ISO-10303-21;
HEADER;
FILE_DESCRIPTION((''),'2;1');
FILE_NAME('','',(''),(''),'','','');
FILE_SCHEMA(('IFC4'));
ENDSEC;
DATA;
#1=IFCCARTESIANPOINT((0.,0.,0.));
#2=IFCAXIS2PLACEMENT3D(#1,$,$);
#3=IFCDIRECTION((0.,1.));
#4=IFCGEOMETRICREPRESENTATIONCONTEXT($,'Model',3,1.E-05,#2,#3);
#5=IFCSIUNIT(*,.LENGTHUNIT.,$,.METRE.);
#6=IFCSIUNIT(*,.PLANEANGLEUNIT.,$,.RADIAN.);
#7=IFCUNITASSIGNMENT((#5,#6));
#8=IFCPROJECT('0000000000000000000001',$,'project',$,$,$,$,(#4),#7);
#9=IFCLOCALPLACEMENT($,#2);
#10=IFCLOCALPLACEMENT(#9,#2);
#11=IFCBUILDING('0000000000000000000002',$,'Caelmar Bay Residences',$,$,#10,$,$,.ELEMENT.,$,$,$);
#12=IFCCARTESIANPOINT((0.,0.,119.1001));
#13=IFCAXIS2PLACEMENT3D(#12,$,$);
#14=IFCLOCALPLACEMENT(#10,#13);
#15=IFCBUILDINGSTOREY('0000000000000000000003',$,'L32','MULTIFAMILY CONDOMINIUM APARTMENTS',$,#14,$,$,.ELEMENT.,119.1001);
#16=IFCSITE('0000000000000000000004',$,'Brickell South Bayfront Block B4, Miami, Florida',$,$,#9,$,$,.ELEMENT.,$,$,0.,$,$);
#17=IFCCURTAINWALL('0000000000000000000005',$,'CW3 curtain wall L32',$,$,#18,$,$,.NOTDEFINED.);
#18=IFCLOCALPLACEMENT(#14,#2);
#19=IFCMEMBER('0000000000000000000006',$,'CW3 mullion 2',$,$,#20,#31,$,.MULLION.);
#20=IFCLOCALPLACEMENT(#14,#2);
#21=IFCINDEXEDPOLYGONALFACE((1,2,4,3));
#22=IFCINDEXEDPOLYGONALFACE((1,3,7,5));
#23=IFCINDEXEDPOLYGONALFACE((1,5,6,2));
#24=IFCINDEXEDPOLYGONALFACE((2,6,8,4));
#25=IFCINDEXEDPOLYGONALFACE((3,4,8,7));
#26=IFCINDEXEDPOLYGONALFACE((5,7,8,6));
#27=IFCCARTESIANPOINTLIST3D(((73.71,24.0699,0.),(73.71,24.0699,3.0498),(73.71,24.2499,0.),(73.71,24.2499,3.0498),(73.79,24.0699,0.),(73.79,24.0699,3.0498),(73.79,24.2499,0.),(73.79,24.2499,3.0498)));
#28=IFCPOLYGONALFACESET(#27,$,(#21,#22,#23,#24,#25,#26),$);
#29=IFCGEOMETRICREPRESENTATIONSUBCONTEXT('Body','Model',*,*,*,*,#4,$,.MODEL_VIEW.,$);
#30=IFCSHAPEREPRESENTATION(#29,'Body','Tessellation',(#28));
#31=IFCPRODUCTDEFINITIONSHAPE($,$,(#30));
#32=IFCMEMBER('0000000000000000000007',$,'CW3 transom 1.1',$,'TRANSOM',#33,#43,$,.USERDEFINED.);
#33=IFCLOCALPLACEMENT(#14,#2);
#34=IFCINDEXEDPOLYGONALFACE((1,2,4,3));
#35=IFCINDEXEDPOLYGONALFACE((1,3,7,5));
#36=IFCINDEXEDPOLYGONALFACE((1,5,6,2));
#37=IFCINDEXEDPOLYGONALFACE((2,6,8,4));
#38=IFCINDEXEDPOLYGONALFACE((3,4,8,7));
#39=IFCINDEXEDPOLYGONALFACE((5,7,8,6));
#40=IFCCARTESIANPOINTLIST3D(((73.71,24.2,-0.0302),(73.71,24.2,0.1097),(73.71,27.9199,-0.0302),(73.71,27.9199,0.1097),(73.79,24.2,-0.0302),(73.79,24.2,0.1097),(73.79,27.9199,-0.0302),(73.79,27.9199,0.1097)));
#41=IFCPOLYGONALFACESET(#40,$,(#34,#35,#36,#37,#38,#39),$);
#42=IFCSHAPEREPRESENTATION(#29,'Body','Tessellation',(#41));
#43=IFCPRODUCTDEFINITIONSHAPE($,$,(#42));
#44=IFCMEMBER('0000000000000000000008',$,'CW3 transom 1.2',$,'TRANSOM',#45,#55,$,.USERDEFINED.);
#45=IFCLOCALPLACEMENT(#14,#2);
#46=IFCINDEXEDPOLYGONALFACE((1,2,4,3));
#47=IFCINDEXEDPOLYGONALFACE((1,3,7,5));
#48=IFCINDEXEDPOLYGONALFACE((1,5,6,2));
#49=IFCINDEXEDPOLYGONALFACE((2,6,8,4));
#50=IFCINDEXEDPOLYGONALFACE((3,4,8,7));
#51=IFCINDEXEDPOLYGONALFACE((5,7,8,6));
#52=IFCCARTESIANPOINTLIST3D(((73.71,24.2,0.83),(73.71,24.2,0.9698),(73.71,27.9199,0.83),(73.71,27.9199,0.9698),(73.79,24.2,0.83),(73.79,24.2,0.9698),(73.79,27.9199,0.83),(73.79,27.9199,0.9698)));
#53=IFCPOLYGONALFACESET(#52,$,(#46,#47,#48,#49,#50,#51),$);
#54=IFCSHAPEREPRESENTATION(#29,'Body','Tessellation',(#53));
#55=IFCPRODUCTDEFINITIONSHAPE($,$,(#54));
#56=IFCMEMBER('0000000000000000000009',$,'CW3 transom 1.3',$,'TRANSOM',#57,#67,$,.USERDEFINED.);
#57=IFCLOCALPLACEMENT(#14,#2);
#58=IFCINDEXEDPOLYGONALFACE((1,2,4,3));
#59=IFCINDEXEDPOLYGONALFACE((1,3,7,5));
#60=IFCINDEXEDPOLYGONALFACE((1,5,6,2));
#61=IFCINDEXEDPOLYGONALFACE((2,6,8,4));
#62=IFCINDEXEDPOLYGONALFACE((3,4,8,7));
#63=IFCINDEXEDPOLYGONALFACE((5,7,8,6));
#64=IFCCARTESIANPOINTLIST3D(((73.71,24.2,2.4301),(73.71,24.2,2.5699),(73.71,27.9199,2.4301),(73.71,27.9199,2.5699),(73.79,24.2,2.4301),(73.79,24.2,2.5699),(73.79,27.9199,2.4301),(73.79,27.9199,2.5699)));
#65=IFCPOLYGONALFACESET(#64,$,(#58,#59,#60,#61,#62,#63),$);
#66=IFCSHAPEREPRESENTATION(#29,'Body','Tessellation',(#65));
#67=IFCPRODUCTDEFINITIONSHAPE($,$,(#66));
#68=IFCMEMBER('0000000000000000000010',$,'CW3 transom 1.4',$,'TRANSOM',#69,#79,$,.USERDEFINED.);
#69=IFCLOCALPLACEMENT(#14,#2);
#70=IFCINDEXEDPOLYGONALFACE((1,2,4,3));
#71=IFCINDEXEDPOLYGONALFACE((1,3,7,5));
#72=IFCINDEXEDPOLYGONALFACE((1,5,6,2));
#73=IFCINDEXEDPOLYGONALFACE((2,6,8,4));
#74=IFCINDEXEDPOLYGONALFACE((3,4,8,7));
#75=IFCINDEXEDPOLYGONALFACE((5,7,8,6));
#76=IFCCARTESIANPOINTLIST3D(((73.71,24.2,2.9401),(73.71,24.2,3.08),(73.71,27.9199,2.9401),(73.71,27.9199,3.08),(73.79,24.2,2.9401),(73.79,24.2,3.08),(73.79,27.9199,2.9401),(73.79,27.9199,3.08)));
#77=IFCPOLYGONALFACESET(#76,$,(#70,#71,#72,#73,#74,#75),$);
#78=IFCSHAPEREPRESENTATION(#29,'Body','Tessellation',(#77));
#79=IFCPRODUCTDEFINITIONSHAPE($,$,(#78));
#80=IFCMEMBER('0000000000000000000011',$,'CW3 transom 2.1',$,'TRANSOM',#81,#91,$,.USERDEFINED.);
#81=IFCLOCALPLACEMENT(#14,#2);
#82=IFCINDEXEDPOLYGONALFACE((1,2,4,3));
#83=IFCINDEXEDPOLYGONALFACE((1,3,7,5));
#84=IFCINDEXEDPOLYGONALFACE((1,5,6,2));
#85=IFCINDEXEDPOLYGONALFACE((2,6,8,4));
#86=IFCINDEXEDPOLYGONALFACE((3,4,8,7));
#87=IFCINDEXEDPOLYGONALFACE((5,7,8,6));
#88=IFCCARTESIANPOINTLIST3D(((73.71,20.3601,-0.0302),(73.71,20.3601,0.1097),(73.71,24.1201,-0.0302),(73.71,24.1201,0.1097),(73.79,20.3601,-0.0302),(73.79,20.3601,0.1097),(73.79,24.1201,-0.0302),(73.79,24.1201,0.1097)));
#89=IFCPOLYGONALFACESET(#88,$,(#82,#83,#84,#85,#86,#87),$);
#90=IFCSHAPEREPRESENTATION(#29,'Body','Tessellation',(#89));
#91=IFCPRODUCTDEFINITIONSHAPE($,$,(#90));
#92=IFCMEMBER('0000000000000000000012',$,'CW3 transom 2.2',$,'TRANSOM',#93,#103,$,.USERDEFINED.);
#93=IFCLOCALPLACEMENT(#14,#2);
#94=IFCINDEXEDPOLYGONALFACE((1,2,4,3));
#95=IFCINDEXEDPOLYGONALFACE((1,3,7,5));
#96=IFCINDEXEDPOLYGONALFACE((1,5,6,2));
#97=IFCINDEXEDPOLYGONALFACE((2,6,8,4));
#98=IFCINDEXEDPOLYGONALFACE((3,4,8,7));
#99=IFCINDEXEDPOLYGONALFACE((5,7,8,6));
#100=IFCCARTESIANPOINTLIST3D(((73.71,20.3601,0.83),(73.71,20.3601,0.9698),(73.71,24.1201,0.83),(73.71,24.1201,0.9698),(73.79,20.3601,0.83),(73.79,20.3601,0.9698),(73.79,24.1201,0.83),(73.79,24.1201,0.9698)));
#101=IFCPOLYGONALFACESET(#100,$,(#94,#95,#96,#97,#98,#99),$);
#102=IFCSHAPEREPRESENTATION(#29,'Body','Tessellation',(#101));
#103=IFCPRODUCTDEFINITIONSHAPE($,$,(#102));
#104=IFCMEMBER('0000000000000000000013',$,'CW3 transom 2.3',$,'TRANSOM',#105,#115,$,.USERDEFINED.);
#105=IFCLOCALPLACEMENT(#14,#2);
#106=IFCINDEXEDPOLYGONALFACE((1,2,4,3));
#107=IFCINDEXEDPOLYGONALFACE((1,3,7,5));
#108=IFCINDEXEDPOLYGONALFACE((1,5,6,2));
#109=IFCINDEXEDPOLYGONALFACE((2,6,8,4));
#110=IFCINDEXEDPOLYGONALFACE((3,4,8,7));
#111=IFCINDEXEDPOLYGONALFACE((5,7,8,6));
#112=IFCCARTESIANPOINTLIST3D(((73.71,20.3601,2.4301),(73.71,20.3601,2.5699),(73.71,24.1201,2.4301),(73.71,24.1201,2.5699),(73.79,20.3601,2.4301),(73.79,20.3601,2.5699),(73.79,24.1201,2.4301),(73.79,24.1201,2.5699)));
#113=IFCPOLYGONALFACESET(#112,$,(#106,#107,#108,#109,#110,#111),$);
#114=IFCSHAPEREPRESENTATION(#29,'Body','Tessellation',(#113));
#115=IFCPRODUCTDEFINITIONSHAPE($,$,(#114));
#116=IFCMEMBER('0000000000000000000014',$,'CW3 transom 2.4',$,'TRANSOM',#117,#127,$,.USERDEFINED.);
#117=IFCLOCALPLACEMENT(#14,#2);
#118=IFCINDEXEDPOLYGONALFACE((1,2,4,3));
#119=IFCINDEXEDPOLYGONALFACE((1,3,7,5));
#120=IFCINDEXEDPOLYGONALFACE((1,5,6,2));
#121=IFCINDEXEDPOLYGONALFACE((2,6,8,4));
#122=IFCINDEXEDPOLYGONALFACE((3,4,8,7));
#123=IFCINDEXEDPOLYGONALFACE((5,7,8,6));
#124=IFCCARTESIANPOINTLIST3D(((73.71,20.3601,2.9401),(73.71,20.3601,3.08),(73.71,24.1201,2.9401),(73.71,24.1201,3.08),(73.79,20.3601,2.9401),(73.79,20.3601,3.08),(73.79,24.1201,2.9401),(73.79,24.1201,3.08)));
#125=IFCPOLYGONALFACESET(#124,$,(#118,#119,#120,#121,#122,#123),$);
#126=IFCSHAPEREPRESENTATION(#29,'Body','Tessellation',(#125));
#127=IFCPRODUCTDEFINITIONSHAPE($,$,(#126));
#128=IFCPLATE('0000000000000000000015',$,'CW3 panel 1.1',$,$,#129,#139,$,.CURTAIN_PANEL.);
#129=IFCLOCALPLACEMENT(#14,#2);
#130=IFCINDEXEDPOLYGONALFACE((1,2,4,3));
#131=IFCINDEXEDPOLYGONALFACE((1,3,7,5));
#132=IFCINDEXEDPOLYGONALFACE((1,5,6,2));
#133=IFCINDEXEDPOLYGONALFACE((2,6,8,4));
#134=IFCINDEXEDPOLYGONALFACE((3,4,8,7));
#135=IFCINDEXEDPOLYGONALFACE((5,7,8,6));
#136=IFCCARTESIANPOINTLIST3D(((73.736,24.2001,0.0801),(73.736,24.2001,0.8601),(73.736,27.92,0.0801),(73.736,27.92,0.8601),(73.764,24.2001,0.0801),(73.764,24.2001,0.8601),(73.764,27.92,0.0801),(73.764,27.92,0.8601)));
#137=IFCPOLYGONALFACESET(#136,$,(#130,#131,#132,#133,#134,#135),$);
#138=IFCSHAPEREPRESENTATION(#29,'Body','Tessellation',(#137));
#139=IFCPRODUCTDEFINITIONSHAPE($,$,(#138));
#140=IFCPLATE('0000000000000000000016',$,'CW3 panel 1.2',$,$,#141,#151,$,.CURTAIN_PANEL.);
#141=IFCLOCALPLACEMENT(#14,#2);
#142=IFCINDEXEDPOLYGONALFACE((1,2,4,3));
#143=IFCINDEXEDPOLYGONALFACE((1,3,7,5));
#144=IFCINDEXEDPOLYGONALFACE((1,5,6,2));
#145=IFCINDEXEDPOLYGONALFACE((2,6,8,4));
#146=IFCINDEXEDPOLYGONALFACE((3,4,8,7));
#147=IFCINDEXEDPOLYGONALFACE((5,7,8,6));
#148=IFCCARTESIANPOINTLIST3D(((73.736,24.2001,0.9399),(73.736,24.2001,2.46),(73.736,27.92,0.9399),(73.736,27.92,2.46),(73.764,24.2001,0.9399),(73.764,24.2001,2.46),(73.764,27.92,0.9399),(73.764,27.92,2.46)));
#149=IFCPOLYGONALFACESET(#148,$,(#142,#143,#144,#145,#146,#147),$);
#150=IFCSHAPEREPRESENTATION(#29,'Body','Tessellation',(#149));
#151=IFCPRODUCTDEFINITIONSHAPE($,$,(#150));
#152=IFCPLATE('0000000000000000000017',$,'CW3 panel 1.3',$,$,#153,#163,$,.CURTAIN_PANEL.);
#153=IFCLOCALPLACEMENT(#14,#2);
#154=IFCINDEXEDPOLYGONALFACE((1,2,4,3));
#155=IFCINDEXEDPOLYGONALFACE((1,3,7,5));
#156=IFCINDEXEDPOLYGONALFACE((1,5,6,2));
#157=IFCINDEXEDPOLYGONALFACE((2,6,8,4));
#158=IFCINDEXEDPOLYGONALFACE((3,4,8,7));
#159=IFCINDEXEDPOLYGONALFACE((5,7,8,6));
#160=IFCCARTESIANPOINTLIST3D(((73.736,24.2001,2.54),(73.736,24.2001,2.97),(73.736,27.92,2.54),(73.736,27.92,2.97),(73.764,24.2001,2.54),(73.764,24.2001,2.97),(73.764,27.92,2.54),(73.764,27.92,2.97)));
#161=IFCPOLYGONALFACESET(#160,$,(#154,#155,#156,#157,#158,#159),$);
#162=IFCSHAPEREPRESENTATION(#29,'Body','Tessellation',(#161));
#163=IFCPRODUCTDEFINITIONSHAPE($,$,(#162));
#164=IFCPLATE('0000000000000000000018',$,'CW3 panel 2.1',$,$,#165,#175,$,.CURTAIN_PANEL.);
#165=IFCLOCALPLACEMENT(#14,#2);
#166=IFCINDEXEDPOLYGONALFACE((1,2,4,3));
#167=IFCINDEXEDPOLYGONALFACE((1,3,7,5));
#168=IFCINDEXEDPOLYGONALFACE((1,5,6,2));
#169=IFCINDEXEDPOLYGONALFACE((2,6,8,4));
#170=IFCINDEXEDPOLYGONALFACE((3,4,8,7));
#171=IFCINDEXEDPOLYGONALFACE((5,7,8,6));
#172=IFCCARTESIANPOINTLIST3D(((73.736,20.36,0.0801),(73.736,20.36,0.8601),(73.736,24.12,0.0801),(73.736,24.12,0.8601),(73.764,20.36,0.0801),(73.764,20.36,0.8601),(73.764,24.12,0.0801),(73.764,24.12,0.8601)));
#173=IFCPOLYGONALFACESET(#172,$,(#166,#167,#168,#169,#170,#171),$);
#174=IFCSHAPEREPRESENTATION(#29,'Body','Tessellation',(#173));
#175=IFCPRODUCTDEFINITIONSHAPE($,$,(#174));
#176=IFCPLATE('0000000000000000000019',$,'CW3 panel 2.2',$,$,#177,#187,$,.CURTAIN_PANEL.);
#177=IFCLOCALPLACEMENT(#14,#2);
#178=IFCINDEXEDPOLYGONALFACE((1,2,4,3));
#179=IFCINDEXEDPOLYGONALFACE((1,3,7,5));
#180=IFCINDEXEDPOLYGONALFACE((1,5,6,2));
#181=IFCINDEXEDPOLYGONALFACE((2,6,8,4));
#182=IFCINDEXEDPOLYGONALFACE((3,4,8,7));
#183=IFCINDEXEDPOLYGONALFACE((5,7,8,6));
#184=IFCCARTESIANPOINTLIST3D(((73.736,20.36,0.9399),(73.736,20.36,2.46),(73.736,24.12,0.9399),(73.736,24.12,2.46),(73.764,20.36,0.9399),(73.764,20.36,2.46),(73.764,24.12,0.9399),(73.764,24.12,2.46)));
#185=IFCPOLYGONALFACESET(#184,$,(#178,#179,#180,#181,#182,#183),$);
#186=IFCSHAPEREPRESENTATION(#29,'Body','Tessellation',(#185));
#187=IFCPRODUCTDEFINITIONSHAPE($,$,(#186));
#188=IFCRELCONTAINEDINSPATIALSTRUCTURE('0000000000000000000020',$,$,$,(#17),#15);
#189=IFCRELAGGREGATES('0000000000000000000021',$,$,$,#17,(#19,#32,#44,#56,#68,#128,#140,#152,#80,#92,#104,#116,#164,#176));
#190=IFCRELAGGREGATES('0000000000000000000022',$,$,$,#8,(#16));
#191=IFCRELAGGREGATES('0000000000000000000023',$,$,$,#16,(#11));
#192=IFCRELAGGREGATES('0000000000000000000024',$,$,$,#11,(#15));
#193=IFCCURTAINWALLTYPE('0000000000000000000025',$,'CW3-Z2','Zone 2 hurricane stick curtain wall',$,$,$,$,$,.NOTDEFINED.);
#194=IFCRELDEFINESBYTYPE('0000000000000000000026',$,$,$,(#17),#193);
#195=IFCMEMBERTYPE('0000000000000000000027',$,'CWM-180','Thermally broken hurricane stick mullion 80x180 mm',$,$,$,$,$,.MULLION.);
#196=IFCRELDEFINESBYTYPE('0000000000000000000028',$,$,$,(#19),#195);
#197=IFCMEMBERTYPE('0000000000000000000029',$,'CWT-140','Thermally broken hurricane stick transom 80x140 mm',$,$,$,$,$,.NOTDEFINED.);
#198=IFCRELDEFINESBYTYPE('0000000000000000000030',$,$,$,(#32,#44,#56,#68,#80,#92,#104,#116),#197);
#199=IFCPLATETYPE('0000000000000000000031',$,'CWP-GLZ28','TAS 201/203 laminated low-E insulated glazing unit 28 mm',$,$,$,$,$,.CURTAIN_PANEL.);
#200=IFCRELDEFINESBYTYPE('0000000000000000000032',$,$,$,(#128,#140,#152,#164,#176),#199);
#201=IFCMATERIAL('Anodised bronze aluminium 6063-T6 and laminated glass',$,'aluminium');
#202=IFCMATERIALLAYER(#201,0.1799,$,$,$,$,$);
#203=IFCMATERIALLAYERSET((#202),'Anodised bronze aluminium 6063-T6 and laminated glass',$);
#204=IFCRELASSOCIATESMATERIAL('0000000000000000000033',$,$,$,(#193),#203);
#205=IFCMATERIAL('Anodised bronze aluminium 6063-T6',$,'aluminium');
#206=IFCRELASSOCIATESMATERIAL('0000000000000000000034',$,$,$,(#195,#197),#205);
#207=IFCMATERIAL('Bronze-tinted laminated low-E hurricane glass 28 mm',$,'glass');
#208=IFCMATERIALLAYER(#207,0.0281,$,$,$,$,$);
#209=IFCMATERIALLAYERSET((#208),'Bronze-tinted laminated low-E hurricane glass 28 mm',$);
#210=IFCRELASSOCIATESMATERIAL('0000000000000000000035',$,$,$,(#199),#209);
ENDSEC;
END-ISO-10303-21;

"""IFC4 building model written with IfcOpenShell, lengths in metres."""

from ifc_helpers import new_model, si_unit, direction, frame, origin, origin_2d, place, context, subcontext, project, spatial, rectangle, extrude, material, layer, layer_set, material_profile, profile_set, type_object, element, aggregate, save


model = new_model("IFC4")

# Units and contexts
model_context = context("Model", 3, precision=1e-05, world=origin(), true_north=direction((0.0, 1.0)))
body_context = subcontext(model_context, "Body", "Model", "MODEL_VIEW")
ifc_project = project(units=[si_unit("LENGTHUNIT", "METRE"), si_unit("PLANEANGLEUNIT", "RADIAN")], contexts=[model_context])

# Site, building, storey
site_placement = place(None, origin())
site = spatial("IfcSite", under=ifc_project, at=site_placement, Name="Brickell South Bayfront Block B4, Miami, Florida", CompositionType="ELEMENT", RefElevation=0.0)
building_placement = place(site_placement, origin())
building = spatial("IfcBuilding", under=site, at=building_placement, Name="Caelmar Bay Residences", CompositionType="ELEMENT")
storey_placement = place(building_placement, frame((0.0, 0.0, 119.1001)))
storey = spatial("IfcBuildingStorey", under=building, at=storey_placement, Name="L32", Description="MULTIFAMILY CONDOMINIUM APARTMENTS", CompositionType="ELEMENT", Elevation=119.1001)

# Curtain wall, members, plates
ifc_material_1 = material(Name="Anodised bronze aluminium 6063-T6 and laminated glass", Category="aluminium")
ifc_layer_1 = layer(ifc_material_1, 0.1799)
ifc_layer_set_1 = layer_set([ifc_layer_1], Name="Anodised bronze aluminium 6063-T6 and laminated glass")
curtain_wall_type = type_object("IfcCurtainWallType", Name="CW3-Z2", Description="Zone 2 hurricane stick curtain wall", PredefinedType="NOTDEFINED", material=ifc_layer_set_1)
curtain_wall_placement = place(storey_placement, origin())
curtain_wall = element("IfcCurtainWall", 1, at=curtain_wall_placement, inside=storey, type_object=curtain_wall_type, Name="CW3 curtain wall L32", PredefinedType="NOTDEFINED")
ifc_material_2 = material(Name="Anodised bronze aluminium 6063-T6", Category="aluminium")
ifc_material_profile_1 = material_profile(ifc_material_2, rectangle(XDim=0.0801, YDim=0.1799, at=origin_2d()), Name="CWM-80X180")
ifc_profile_set_1 = profile_set([ifc_material_profile_1], Name="Anodised bronze aluminium 6063-T6")
member_type_1 = type_object("IfcMemberType", Name="CWM-180", Description="Thermally broken hurricane stick mullion 80x180 mm", PredefinedType="MULLION", material=ifc_profile_set_1)
member_1_placement = place(storey_placement, frame((73.75, 24.1599, 0.0), z_axis=(0.0, 0.0, 1.0), x_axis=(1.0, 0.0, 0.0)))
member_1 = element("IfcMember", 2, at=member_1_placement, type_object=member_type_1, Name="CW3 mullion 2", PredefinedType="MULLION", context=body_context, shape_type="SweptSolid", body=[
    extrude(rectangle(XDim=0.0801, YDim=0.1799, at=origin_2d()), origin(), (0.0, 0.0, 1.0), 3.0498),
])
ifc_material_profile_2 = material_profile(ifc_material_2, rectangle(XDim=0.0801, YDim=0.1399, at=origin_2d()), Name="CWT-80X140")
ifc_profile_set_2 = profile_set([ifc_material_profile_2], Name="Anodised bronze aluminium 6063-T6")
member_type_2 = type_object("IfcMemberType", Name="CWT-140", Description="Thermally broken hurricane stick transom 80x140 mm", PredefinedType="NOTDEFINED", material=ifc_profile_set_2)
member_2_placement = place(storey_placement, frame((73.75, 27.9199, 0.0398), z_axis=(0.0, -1.0, 0.0), x_axis=(1.0, 0.0, 0.0)))
member_2 = element("IfcMember", 3, at=member_2_placement, type_object=member_type_2, Name="CW3 transom 1.1", ObjectType="TRANSOM", PredefinedType="USERDEFINED", context=body_context, shape_type="SweptSolid", body=[
    extrude(rectangle(XDim=0.0801, YDim=0.1399, at=origin_2d()), origin(), (0.0, 0.0, 1.0), 3.72),
])
member_3_placement = place(storey_placement, frame((73.75, 27.9199, 0.8999), z_axis=(0.0, -1.0, 0.0), x_axis=(1.0, 0.0, 0.0)))
member_3 = element("IfcMember", 4, at=member_3_placement, type_object=member_type_2, Name="CW3 transom 1.2", ObjectType="TRANSOM", PredefinedType="USERDEFINED", context=body_context, shape_type="SweptSolid", body=[
    extrude(rectangle(XDim=0.0801, YDim=0.1399, at=origin_2d()), origin(), (0.0, 0.0, 1.0), 3.72),
])
member_4_placement = place(storey_placement, frame((73.75, 27.9199, 2.5), z_axis=(0.0, -1.0, 0.0), x_axis=(1.0, 0.0, 0.0)))
member_4 = element("IfcMember", 5, at=member_4_placement, type_object=member_type_2, Name="CW3 transom 1.3", ObjectType="TRANSOM", PredefinedType="USERDEFINED", context=body_context, shape_type="SweptSolid", body=[
    extrude(rectangle(XDim=0.0801, YDim=0.1399, at=origin_2d()), origin(), (0.0, 0.0, 1.0), 3.72),
])
member_5_placement = place(storey_placement, frame((73.75, 27.9199, 3.01), z_axis=(0.0, -1.0, 0.0), x_axis=(1.0, 0.0, 0.0)))
member_5 = element("IfcMember", 6, at=member_5_placement, type_object=member_type_2, Name="CW3 transom 1.4", ObjectType="TRANSOM", PredefinedType="USERDEFINED", context=body_context, shape_type="SweptSolid", body=[
    extrude(rectangle(XDim=0.0801, YDim=0.1399, at=origin_2d()), origin(), (0.0, 0.0, 1.0), 3.72),
])
member_6_placement = place(storey_placement, frame((73.75, 24.1201, 0.0398), z_axis=(0.0, -1.0, 0.0), x_axis=(1.0, 0.0, 0.0)))
member_6 = element("IfcMember", 7, at=member_6_placement, type_object=member_type_2, Name="CW3 transom 2.1", ObjectType="TRANSOM", PredefinedType="USERDEFINED", context=body_context, shape_type="SweptSolid", body=[
    extrude(rectangle(XDim=0.0801, YDim=0.1399, at=origin_2d()), origin(), (0.0, 0.0, 1.0), 3.76),
])
member_7_placement = place(storey_placement, frame((73.75, 24.1201, 0.8999), z_axis=(0.0, -1.0, 0.0), x_axis=(1.0, 0.0, 0.0)))
member_7 = element("IfcMember", 8, at=member_7_placement, type_object=member_type_2, Name="CW3 transom 2.2", ObjectType="TRANSOM", PredefinedType="USERDEFINED", context=body_context, shape_type="SweptSolid", body=[
    extrude(rectangle(XDim=0.0801, YDim=0.1399, at=origin_2d()), origin(), (0.0, 0.0, 1.0), 3.76),
])
member_8_placement = place(storey_placement, frame((73.75, 24.1201, 2.5), z_axis=(0.0, -1.0, 0.0), x_axis=(1.0, 0.0, 0.0)))
member_8 = element("IfcMember", 9, at=member_8_placement, type_object=member_type_2, Name="CW3 transom 2.3", ObjectType="TRANSOM", PredefinedType="USERDEFINED", context=body_context, shape_type="SweptSolid", body=[
    extrude(rectangle(XDim=0.0801, YDim=0.1399, at=origin_2d()), origin(), (0.0, 0.0, 1.0), 3.76),
])
member_9_placement = place(storey_placement, frame((73.75, 24.1201, 3.01), z_axis=(0.0, -1.0, 0.0), x_axis=(1.0, 0.0, 0.0)))
member_9 = element("IfcMember", 10, at=member_9_placement, type_object=member_type_2, Name="CW3 transom 2.4", ObjectType="TRANSOM", PredefinedType="USERDEFINED", context=body_context, shape_type="SweptSolid", body=[
    extrude(rectangle(XDim=0.0801, YDim=0.1399, at=origin_2d()), origin(), (0.0, 0.0, 1.0), 3.76),
])
ifc_material_3 = material(Name="Bronze-tinted laminated low-E hurricane glass 28 mm", Category="glass")
ifc_layer_2 = layer(ifc_material_3, 0.0281)
ifc_layer_set_2 = layer_set([ifc_layer_2], Name="Bronze-tinted laminated low-E hurricane glass 28 mm")
plate_type = type_object("IfcPlateType", Name="CWP-GLZ28", Description="TAS 201/203 laminated low-E insulated glazing unit 28 mm", PredefinedType="CURTAIN_PANEL", material=ifc_layer_set_2)
plate_1_placement = place(storey_placement, frame((73.75, 26.0601, 0.0801), z_axis=(0.0, 0.0, 1.0), x_axis=(0.0, -1.0, 0.0)))
plate_1 = element("IfcPlate", 11, at=plate_1_placement, type_object=plate_type, Name="CW3 panel 1.1", PredefinedType="CURTAIN_PANEL", context=body_context, shape_type="SweptSolid", body=[
    extrude(rectangle(XDim=3.72, YDim=0.0281, at=origin_2d()), origin(), (0.0, 0.0, 1.0), 0.78),
])
plate_2_placement = place(storey_placement, frame((73.75, 26.0601, 0.9399), z_axis=(0.0, 0.0, 1.0), x_axis=(0.0, -1.0, 0.0)))
plate_2 = element("IfcPlate", 12, at=plate_2_placement, type_object=plate_type, Name="CW3 panel 1.2", PredefinedType="CURTAIN_PANEL", context=body_context, shape_type="SweptSolid", body=[
    extrude(rectangle(XDim=3.72, YDim=0.0281, at=origin_2d()), origin(), (0.0, 0.0, 1.0), 1.52),
])
plate_3_placement = place(storey_placement, frame((73.75, 26.0601, 2.54), z_axis=(0.0, 0.0, 1.0), x_axis=(0.0, -1.0, 0.0)))
plate_3 = element("IfcPlate", 13, at=plate_3_placement, type_object=plate_type, Name="CW3 panel 1.3", PredefinedType="CURTAIN_PANEL", context=body_context, shape_type="SweptSolid", body=[
    extrude(rectangle(XDim=3.72, YDim=0.0281, at=origin_2d()), origin(), (0.0, 0.0, 1.0), 0.4299),
])
plate_4_placement = place(storey_placement, frame((73.75, 22.24, 0.0801), z_axis=(0.0, 0.0, 1.0), x_axis=(0.0, -1.0, 0.0)))
plate_4 = element("IfcPlate", 14, at=plate_4_placement, type_object=plate_type, Name="CW3 panel 2.1", PredefinedType="CURTAIN_PANEL", context=body_context, shape_type="SweptSolid", body=[
    extrude(rectangle(XDim=3.76, YDim=0.0281, at=origin_2d()), origin(), (0.0, 0.0, 1.0), 0.78),
])
plate_5_placement = place(storey_placement, frame((73.75, 22.24, 0.9399), z_axis=(0.0, 0.0, 1.0), x_axis=(0.0, -1.0, 0.0)))
plate_5 = element("IfcPlate", 15, at=plate_5_placement, type_object=plate_type, Name="CW3 panel 2.2", PredefinedType="CURTAIN_PANEL", context=body_context, shape_type="SweptSolid", body=[
    extrude(rectangle(XDim=3.76, YDim=0.0281, at=origin_2d()), origin(), (0.0, 0.0, 1.0), 1.52),
])
aggregate(curtain_wall, [member_1, member_2, member_3, member_4, member_5, plate_1, plate_2, plate_3, member_6, member_7, member_8, member_9, plate_4, plate_5])

save(model, "model.ifc")
